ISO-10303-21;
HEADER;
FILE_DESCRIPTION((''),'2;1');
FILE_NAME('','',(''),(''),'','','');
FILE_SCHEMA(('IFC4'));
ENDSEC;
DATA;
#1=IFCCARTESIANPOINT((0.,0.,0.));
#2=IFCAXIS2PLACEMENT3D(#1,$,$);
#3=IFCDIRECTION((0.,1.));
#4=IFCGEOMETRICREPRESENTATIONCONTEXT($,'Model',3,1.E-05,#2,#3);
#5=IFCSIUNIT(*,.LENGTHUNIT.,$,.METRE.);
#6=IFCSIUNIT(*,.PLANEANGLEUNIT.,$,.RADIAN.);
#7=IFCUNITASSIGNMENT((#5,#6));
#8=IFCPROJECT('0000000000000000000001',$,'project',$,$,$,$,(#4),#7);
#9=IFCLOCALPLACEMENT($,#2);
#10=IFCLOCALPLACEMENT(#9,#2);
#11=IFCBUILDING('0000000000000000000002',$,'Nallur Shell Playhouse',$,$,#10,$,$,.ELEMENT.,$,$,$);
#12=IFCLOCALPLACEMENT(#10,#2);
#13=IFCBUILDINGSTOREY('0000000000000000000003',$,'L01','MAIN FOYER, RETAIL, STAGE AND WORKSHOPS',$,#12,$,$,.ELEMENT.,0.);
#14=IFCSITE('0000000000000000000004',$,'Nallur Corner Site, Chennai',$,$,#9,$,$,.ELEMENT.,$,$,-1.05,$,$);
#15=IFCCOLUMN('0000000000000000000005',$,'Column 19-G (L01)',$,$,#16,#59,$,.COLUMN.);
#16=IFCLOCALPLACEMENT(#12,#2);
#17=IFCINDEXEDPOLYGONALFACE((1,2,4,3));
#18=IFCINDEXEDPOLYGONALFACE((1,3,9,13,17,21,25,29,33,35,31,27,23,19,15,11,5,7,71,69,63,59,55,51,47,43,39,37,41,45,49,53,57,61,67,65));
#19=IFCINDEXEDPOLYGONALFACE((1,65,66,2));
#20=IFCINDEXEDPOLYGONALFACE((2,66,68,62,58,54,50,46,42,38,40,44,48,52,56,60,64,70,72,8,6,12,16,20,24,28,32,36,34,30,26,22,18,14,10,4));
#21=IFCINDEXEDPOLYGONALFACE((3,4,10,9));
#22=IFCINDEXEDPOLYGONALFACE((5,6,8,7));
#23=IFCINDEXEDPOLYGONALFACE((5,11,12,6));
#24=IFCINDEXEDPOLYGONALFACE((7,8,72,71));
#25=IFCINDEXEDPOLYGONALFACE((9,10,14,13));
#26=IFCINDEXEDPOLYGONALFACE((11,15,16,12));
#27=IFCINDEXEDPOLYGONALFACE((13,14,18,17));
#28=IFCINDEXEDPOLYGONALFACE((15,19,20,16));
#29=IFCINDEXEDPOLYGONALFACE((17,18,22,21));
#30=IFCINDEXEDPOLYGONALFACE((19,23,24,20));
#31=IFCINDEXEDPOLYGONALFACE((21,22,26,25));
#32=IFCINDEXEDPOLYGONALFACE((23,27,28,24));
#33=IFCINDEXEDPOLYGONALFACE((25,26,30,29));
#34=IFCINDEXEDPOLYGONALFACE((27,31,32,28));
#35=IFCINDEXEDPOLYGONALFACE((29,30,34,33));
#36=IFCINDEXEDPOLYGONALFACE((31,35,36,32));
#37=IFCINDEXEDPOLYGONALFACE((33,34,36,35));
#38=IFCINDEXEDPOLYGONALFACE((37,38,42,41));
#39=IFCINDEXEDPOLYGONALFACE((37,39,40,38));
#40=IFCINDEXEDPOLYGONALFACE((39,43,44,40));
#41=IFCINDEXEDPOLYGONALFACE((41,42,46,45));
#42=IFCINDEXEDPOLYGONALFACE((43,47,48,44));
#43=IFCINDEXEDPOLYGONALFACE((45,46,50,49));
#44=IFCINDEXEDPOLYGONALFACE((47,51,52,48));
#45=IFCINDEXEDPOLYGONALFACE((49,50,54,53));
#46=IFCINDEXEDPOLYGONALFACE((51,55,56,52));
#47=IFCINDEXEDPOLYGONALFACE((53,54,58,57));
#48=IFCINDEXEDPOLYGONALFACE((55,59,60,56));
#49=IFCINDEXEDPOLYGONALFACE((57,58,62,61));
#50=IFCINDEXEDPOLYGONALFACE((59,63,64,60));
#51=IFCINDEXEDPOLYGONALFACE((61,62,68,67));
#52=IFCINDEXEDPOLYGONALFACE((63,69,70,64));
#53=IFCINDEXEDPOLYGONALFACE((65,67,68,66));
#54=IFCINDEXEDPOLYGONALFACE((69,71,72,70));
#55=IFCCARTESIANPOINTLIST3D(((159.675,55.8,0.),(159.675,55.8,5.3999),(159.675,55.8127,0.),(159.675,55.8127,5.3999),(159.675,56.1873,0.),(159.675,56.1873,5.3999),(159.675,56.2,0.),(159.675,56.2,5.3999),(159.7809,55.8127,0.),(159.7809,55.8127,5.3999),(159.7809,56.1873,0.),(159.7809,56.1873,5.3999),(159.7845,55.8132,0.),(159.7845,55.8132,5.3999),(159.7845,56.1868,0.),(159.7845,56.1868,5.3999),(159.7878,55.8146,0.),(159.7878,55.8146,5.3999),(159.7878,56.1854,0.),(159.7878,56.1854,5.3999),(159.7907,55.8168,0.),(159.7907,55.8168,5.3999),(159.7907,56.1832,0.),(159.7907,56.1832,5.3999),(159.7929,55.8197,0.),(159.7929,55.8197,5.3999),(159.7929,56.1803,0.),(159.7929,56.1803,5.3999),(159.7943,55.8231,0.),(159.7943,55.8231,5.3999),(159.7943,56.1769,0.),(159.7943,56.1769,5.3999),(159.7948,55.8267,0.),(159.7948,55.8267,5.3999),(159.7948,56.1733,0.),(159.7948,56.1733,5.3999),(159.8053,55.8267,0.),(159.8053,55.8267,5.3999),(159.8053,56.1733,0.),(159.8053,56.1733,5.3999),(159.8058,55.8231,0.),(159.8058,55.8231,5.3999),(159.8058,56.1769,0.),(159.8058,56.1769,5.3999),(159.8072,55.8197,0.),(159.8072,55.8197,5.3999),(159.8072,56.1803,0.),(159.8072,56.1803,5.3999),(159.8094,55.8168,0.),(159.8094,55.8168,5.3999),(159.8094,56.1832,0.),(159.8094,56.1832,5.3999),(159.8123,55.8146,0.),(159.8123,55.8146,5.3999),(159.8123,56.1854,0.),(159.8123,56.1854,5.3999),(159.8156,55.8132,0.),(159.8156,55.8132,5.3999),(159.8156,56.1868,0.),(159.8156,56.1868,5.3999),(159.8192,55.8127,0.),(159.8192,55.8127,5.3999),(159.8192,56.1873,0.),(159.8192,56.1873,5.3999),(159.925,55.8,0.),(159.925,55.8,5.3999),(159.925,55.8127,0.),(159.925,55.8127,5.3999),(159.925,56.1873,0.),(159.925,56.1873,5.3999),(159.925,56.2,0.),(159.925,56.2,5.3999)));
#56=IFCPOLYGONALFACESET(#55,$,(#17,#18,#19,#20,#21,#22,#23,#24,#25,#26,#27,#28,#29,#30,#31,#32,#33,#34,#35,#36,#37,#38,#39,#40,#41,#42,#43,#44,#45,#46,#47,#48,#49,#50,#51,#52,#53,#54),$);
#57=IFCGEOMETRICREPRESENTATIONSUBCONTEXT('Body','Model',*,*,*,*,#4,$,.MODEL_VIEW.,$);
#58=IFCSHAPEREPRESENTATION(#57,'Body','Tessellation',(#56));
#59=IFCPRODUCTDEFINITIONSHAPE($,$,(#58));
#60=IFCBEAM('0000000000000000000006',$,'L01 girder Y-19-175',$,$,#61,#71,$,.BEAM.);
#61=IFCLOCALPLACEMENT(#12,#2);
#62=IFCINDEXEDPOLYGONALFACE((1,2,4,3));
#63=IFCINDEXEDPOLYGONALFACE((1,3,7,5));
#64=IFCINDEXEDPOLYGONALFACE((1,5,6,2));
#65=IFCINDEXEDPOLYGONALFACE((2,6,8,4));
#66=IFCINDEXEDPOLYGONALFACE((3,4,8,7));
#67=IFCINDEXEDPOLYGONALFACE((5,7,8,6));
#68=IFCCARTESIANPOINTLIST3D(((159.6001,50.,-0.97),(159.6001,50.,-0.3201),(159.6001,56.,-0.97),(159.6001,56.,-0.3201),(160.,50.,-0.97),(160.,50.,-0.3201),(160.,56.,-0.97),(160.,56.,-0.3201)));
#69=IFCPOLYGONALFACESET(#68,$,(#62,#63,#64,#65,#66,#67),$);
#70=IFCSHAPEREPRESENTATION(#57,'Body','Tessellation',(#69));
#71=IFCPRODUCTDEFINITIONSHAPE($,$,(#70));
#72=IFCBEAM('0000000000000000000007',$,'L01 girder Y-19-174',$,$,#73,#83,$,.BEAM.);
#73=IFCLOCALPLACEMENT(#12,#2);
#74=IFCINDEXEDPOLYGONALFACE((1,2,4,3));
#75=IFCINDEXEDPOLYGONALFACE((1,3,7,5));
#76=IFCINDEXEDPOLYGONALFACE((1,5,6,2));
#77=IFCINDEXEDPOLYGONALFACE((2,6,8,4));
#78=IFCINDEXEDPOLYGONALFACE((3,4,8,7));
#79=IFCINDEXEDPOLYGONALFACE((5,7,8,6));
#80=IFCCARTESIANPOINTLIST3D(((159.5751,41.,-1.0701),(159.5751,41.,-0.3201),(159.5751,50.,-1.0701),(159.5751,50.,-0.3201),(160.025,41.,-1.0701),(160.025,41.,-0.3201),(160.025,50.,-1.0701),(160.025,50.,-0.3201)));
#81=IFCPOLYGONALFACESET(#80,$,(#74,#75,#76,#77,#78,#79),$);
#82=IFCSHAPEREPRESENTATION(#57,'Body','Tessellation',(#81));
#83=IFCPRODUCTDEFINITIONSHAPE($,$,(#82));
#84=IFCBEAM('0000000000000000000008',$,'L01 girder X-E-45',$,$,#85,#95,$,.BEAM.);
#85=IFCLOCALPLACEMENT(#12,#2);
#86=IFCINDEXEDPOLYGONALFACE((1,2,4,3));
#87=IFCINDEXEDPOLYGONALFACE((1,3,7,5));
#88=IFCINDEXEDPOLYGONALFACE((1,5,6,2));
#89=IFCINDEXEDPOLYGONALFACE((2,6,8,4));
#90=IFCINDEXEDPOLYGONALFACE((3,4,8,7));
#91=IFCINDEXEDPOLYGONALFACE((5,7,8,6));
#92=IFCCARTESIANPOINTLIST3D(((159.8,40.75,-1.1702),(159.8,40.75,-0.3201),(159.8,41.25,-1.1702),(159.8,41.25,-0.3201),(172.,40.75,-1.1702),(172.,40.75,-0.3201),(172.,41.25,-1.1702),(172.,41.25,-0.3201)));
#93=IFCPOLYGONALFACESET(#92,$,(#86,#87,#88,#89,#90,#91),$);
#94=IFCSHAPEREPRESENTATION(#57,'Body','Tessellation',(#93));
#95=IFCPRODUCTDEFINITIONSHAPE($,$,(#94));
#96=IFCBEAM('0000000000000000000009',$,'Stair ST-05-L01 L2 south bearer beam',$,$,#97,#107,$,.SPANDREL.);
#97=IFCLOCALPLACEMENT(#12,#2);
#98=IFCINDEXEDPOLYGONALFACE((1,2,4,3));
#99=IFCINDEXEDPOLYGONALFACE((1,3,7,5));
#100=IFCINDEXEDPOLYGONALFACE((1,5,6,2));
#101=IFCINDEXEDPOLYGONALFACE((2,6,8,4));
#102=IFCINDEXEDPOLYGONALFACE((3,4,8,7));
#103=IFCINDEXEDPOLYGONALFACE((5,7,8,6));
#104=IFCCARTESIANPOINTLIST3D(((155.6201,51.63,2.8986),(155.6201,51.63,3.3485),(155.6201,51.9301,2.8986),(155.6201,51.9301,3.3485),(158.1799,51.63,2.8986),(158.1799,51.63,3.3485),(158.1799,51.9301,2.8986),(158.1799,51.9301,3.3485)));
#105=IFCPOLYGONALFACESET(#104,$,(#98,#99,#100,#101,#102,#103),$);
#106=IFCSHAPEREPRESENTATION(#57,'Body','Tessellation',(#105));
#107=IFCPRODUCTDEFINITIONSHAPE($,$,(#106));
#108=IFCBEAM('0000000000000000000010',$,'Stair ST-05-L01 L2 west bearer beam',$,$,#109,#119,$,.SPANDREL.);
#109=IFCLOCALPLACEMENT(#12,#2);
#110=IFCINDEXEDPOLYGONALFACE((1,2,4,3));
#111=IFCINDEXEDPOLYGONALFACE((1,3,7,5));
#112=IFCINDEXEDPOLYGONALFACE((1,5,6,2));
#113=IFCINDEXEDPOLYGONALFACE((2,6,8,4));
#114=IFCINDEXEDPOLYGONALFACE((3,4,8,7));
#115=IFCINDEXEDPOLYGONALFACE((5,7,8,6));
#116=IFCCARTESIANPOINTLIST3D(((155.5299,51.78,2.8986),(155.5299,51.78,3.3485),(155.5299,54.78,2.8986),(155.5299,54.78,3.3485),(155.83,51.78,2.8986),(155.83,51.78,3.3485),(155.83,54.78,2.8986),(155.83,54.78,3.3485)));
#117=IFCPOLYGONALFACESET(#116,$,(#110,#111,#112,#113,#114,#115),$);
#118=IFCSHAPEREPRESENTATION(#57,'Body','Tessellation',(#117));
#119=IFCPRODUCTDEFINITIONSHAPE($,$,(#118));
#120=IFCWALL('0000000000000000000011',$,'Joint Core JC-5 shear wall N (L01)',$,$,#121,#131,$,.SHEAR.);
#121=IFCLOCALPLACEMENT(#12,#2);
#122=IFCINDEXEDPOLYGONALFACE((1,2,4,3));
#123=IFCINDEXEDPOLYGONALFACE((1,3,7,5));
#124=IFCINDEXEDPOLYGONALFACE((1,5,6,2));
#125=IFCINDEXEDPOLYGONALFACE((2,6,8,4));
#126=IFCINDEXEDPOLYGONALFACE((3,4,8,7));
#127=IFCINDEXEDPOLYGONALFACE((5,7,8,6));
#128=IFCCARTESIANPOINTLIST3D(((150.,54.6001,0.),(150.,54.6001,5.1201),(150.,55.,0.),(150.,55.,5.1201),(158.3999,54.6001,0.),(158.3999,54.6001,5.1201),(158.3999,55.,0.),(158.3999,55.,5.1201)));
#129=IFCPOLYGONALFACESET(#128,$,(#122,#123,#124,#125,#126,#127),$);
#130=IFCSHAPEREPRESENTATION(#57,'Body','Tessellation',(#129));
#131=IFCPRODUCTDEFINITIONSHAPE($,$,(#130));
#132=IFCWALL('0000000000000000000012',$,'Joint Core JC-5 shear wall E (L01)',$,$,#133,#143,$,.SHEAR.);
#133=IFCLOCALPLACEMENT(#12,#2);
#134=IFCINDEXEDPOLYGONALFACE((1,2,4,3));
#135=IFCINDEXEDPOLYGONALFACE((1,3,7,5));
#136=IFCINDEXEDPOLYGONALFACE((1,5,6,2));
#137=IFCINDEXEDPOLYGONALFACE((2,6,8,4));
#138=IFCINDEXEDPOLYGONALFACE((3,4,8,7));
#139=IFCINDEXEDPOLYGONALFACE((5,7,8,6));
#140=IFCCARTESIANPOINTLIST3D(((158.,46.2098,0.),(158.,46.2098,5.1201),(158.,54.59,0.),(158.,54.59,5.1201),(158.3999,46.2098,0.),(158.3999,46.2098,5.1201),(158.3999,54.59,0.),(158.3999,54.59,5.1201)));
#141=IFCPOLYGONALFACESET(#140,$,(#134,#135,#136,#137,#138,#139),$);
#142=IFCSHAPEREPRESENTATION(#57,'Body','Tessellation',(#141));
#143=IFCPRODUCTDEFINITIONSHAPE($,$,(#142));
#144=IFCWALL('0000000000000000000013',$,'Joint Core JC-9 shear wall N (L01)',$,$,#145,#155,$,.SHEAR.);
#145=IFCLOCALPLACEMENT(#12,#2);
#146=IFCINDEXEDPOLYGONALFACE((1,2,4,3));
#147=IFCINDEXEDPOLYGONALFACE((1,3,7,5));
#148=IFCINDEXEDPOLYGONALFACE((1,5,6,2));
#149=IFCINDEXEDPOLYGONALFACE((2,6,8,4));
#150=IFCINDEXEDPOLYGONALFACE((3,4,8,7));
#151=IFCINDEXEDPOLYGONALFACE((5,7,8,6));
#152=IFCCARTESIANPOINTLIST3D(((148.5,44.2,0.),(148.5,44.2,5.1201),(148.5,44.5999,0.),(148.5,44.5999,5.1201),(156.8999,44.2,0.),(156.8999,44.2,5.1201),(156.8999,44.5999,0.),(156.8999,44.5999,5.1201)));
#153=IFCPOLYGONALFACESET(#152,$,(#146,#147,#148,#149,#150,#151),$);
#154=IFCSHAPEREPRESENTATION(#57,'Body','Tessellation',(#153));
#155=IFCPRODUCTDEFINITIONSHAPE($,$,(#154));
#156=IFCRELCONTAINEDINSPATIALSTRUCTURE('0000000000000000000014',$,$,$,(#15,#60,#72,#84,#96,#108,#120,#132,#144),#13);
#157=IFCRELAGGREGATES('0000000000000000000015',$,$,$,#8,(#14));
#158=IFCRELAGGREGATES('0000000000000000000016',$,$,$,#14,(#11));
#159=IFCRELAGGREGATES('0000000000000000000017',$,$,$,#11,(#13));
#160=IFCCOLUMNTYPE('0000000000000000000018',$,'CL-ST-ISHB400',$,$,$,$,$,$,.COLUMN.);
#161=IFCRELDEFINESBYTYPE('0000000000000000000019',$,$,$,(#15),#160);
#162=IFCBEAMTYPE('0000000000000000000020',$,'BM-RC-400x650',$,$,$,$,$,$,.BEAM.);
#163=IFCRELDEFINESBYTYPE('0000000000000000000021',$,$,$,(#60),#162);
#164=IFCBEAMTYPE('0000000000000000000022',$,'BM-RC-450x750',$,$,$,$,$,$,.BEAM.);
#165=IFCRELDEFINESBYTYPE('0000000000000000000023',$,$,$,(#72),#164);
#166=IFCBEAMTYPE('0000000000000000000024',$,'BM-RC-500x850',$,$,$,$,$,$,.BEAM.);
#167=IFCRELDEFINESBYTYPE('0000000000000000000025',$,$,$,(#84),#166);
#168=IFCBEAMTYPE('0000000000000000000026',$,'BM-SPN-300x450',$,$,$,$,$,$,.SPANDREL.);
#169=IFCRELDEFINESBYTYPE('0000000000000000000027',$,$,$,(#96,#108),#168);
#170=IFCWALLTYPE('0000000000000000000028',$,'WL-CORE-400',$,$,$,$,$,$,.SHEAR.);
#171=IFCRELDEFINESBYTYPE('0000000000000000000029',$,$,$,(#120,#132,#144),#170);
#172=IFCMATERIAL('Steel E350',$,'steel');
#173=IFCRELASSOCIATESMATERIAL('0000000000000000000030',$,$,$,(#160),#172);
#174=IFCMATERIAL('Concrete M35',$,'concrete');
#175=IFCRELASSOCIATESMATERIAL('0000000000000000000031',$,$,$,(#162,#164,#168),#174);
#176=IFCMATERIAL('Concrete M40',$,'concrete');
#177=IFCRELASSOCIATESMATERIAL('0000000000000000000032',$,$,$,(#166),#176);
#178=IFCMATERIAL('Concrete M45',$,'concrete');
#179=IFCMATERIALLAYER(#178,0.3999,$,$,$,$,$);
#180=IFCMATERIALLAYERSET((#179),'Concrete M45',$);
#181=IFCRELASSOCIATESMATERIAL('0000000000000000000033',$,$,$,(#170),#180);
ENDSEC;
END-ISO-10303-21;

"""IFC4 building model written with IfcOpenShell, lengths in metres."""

from ifc_helpers import new_model, si_unit, direction, frame, frame_2d, origin, origin_2d, place, context, subcontext, project, spatial, rectangle, i_section, extrude, material, layer, layer_set, material_profile, profile_set, type_object, element, save


model = new_model("IFC4")

# Units and contexts
model_context = context("Model", 3, precision=1e-05, world=origin(), true_north=direction((0.0, 1.0)))
body_context = subcontext(model_context, "Body", "Model", "MODEL_VIEW")
ifc_project = project(units=[si_unit("LENGTHUNIT", "METRE"), si_unit("PLANEANGLEUNIT", "RADIAN")], contexts=[model_context])

# Site, building, storey
site_placement = place(None, origin())
site = spatial("IfcSite", under=ifc_project, at=site_placement, Name="Nallur Corner Site, Chennai", CompositionType="ELEMENT", RefElevation=-1.05)
building_placement = place(site_placement, origin())
building = spatial("IfcBuilding", under=site, at=building_placement, Name="Nallur Shell Playhouse", CompositionType="ELEMENT")
storey_placement = place(building_placement, origin())
storey = spatial("IfcBuildingStorey", under=building, at=storey_placement, Name="L01", Description="MAIN FOYER, RETAIL, STAGE AND WORKSHOPS", CompositionType="ELEMENT", Elevation=0.0)

# Column
ifc_material_1 = material(Name="Concrete M35", Category="concrete")
ifc_material_2 = material(Name="Steel E350", Category="steel")
ifc_material_profile_1 = material_profile(ifc_material_2, i_section(OverallWidth=0.25, OverallDepth=0.3999, WebThickness=0.0105, FlangeThickness=0.0127, FilletRadius=0.0139, at=origin_2d()), Name="ISHB 400")
ifc_profile_set_1 = profile_set([ifc_material_profile_1], Name="Steel E350")
column_type_1 = type_object("IfcColumnType", Name="CL-ST-ISHB400", PredefinedType="COLUMN", material=ifc_profile_set_1)
for number, where, z_axis, x_axis, name in (
    (1, (159.8, 56.0, 0.0), (0.0, 0.0, 1.0), (1.0, 0.0, 0.0), "Column 19-G (L01)"),
):
    element("IfcColumn", number, at=place(storey_placement, frame(where, z_axis=z_axis, x_axis=x_axis)), inside=storey, type_object=column_type_1, Name=name, PredefinedType="COLUMN", context=body_context, shape_type="SweptSolid", body=[
        extrude(i_section(OverallWidth=0.25, OverallDepth=0.3999, WebThickness=0.0105, FlangeThickness=0.0127, FilletRadius=0.0139, at=origin_2d()), origin(), (0.0, 0.0, 1.0), 5.3999),
    ])

# Beams
ifc_material_profile_2 = material_profile(ifc_material_1, rectangle(XDim=0.3999, YDim=0.6499, at=origin_2d()), Name="RC 400x650")
ifc_profile_set_2 = profile_set([ifc_material_profile_2], Name="Concrete M35")
beam_type_1 = type_object("IfcBeamType", Name="BM-RC-400x650", PredefinedType="BEAM", material=ifc_profile_set_2)
beam_1_placement = place(storey_placement, frame((159.8, 50.0, -0.645), z_axis=(0.0, 1.0, 0.0), x_axis=(-1.0, 0.0, 0.0)))
element("IfcBeam", 2, at=beam_1_placement, inside=storey, type_object=beam_type_1, Name="L01 girder Y-19-175", PredefinedType="BEAM", context=body_context, shape_type="SweptSolid", body=[
    extrude(rectangle(XDim=0.3999, YDim=0.6499, at=origin_2d()), origin(), (0.0, 0.0, 1.0), 6.0),
])
ifc_material_profile_3 = material_profile(ifc_material_1, rectangle(XDim=0.45, YDim=0.75, at=origin_2d()), Name="RC 450x750")
ifc_profile_set_3 = profile_set([ifc_material_profile_3], Name="Concrete M35")
beam_type_2 = type_object("IfcBeamType", Name="BM-RC-450x750", PredefinedType="BEAM", material=ifc_profile_set_3)
beam_2_placement = place(storey_placement, frame((159.8, 41.0, -0.6951), z_axis=(0.0, 1.0, 0.0), x_axis=(-1.0, 0.0, 0.0)))
element("IfcBeam", 3, at=beam_2_placement, inside=storey, type_object=beam_type_2, Name="L01 girder Y-19-174", PredefinedType="BEAM", context=body_context, shape_type="SweptSolid", body=[
    extrude(rectangle(XDim=0.45, YDim=0.75, at=origin_2d()), origin(), (0.0, 0.0, 1.0), 9.0),
])
ifc_material_3 = material(Name="Concrete M40", Category="concrete")
ifc_material_profile_4 = material_profile(ifc_material_3, rectangle(XDim=0.5, YDim=0.8501, at=origin_2d()), Name="RC 500x850")
ifc_profile_set_4 = profile_set([ifc_material_profile_4], Name="Concrete M40")
beam_type_3 = type_object("IfcBeamType", Name="BM-RC-500x850", PredefinedType="BEAM", material=ifc_profile_set_4)
beam_3_placement = place(storey_placement, frame((159.8, 41.0, -0.7451), z_axis=(1.0, 0.0, 0.0), x_axis=(0.0, 1.0, 0.0)))
element("IfcBeam", 4, at=beam_3_placement, inside=storey, type_object=beam_type_3, Name="L01 girder X-E-45", PredefinedType="BEAM", context=body_context, shape_type="SweptSolid", body=[
    extrude(rectangle(XDim=0.5, YDim=0.8501, at=origin_2d()), origin(), (0.0, 0.0, 1.0), 12.2),
])
ifc_material_profile_5 = material_profile(ifc_material_1, rectangle(XDim=0.3, YDim=0.45, at=origin_2d()), Name="RC 300x450")
ifc_profile_set_5 = profile_set([ifc_material_profile_5], Name="Concrete M35")
beam_type_4 = type_object("IfcBeamType", Name="BM-SPN-300x450", PredefinedType="SPANDREL", material=ifc_profile_set_5)
beam_4_placement = place(storey_placement, frame((155.6201, 51.78, 3.1235), z_axis=(1.0, 0.0, 0.0), x_axis=(0.0, 1.0, 0.0)))
element("IfcBeam", 5, at=beam_4_placement, inside=storey, type_object=beam_type_4, Name="Stair ST-05-L01 L2 south bearer beam", PredefinedType="SPANDREL", context=body_context, shape_type="SweptSolid", body=[
    extrude(rectangle(XDim=0.3, YDim=0.45, at=origin_2d()), origin(), (0.0, 0.0, 1.0), 2.5598),
])
beam_5_placement = place(storey_placement, frame((155.6799, 51.78, 3.1235), z_axis=(0.0, 1.0, 0.0), x_axis=(-1.0, 0.0, 0.0)))
element("IfcBeam", 6, at=beam_5_placement, inside=storey, type_object=beam_type_4, Name="Stair ST-05-L01 L2 west bearer beam", PredefinedType="SPANDREL", context=body_context, shape_type="SweptSolid", body=[
    extrude(rectangle(XDim=0.3, YDim=0.45, at=origin_2d()), origin(), (0.0, 0.0, 1.0), 3.0),
])

# Walls
ifc_material_4 = material(Name="Concrete M45", Category="concrete")
ifc_layer_1 = layer(ifc_material_4, 0.3999)
ifc_layer_set_1 = layer_set([ifc_layer_1], Name="Concrete M45")
wall_type_1 = type_object("IfcWallType", Name="WL-CORE-400", PredefinedType="SHEAR", material=ifc_layer_set_1)
wall_1_placement = place(storey_placement, frame((158.3999, 54.8, 0.0), z_axis=(0.0, 0.0, 1.0), x_axis=(-1.0, 0.0, 0.0)))
element("IfcWall", 7, at=wall_1_placement, inside=storey, type_object=wall_type_1, Name="Joint Core JC-5 shear wall N (L01)", PredefinedType="SHEAR", context=body_context, shape_type="SweptSolid", body=[
    extrude(rectangle(XDim=8.3999, YDim=0.3999, at=frame_2d((4.2, 0.0))), origin(), (0.0, 0.0, 1.0), 5.1201),
])
wall_2_placement = place(storey_placement, frame((158.2, 46.21, 0.0), z_axis=(0.0, 0.0, 1.0), x_axis=(0.0, 1.0, 0.0)))
element("IfcWall", 8, at=wall_2_placement, inside=storey, type_object=wall_type_1, Name="Joint Core JC-5 shear wall E (L01)", PredefinedType="SHEAR", context=body_context, shape_type="SweptSolid", body=[
    extrude(rectangle(XDim=8.3801, YDim=0.3999, at=frame_2d((4.1899, 0.0))), origin(), (0.0, 0.0, 1.0), 5.1201),
])
wall_3_placement = place(storey_placement, frame((156.8999, 44.3999, 0.0), z_axis=(0.0, 0.0, 1.0), x_axis=(-1.0, 0.0, 0.0)))
element("IfcWall", 9, at=wall_3_placement, inside=storey, type_object=wall_type_1, Name="Joint Core JC-9 shear wall N (L01)", PredefinedType="SHEAR", context=body_context, shape_type="SweptSolid", body=[
    extrude(rectangle(XDim=8.3999, YDim=0.3999, at=frame_2d((4.2, 0.0))), origin(), (0.0, 0.0, 1.0), 5.1201),
])

save(model, "model.ifc")
